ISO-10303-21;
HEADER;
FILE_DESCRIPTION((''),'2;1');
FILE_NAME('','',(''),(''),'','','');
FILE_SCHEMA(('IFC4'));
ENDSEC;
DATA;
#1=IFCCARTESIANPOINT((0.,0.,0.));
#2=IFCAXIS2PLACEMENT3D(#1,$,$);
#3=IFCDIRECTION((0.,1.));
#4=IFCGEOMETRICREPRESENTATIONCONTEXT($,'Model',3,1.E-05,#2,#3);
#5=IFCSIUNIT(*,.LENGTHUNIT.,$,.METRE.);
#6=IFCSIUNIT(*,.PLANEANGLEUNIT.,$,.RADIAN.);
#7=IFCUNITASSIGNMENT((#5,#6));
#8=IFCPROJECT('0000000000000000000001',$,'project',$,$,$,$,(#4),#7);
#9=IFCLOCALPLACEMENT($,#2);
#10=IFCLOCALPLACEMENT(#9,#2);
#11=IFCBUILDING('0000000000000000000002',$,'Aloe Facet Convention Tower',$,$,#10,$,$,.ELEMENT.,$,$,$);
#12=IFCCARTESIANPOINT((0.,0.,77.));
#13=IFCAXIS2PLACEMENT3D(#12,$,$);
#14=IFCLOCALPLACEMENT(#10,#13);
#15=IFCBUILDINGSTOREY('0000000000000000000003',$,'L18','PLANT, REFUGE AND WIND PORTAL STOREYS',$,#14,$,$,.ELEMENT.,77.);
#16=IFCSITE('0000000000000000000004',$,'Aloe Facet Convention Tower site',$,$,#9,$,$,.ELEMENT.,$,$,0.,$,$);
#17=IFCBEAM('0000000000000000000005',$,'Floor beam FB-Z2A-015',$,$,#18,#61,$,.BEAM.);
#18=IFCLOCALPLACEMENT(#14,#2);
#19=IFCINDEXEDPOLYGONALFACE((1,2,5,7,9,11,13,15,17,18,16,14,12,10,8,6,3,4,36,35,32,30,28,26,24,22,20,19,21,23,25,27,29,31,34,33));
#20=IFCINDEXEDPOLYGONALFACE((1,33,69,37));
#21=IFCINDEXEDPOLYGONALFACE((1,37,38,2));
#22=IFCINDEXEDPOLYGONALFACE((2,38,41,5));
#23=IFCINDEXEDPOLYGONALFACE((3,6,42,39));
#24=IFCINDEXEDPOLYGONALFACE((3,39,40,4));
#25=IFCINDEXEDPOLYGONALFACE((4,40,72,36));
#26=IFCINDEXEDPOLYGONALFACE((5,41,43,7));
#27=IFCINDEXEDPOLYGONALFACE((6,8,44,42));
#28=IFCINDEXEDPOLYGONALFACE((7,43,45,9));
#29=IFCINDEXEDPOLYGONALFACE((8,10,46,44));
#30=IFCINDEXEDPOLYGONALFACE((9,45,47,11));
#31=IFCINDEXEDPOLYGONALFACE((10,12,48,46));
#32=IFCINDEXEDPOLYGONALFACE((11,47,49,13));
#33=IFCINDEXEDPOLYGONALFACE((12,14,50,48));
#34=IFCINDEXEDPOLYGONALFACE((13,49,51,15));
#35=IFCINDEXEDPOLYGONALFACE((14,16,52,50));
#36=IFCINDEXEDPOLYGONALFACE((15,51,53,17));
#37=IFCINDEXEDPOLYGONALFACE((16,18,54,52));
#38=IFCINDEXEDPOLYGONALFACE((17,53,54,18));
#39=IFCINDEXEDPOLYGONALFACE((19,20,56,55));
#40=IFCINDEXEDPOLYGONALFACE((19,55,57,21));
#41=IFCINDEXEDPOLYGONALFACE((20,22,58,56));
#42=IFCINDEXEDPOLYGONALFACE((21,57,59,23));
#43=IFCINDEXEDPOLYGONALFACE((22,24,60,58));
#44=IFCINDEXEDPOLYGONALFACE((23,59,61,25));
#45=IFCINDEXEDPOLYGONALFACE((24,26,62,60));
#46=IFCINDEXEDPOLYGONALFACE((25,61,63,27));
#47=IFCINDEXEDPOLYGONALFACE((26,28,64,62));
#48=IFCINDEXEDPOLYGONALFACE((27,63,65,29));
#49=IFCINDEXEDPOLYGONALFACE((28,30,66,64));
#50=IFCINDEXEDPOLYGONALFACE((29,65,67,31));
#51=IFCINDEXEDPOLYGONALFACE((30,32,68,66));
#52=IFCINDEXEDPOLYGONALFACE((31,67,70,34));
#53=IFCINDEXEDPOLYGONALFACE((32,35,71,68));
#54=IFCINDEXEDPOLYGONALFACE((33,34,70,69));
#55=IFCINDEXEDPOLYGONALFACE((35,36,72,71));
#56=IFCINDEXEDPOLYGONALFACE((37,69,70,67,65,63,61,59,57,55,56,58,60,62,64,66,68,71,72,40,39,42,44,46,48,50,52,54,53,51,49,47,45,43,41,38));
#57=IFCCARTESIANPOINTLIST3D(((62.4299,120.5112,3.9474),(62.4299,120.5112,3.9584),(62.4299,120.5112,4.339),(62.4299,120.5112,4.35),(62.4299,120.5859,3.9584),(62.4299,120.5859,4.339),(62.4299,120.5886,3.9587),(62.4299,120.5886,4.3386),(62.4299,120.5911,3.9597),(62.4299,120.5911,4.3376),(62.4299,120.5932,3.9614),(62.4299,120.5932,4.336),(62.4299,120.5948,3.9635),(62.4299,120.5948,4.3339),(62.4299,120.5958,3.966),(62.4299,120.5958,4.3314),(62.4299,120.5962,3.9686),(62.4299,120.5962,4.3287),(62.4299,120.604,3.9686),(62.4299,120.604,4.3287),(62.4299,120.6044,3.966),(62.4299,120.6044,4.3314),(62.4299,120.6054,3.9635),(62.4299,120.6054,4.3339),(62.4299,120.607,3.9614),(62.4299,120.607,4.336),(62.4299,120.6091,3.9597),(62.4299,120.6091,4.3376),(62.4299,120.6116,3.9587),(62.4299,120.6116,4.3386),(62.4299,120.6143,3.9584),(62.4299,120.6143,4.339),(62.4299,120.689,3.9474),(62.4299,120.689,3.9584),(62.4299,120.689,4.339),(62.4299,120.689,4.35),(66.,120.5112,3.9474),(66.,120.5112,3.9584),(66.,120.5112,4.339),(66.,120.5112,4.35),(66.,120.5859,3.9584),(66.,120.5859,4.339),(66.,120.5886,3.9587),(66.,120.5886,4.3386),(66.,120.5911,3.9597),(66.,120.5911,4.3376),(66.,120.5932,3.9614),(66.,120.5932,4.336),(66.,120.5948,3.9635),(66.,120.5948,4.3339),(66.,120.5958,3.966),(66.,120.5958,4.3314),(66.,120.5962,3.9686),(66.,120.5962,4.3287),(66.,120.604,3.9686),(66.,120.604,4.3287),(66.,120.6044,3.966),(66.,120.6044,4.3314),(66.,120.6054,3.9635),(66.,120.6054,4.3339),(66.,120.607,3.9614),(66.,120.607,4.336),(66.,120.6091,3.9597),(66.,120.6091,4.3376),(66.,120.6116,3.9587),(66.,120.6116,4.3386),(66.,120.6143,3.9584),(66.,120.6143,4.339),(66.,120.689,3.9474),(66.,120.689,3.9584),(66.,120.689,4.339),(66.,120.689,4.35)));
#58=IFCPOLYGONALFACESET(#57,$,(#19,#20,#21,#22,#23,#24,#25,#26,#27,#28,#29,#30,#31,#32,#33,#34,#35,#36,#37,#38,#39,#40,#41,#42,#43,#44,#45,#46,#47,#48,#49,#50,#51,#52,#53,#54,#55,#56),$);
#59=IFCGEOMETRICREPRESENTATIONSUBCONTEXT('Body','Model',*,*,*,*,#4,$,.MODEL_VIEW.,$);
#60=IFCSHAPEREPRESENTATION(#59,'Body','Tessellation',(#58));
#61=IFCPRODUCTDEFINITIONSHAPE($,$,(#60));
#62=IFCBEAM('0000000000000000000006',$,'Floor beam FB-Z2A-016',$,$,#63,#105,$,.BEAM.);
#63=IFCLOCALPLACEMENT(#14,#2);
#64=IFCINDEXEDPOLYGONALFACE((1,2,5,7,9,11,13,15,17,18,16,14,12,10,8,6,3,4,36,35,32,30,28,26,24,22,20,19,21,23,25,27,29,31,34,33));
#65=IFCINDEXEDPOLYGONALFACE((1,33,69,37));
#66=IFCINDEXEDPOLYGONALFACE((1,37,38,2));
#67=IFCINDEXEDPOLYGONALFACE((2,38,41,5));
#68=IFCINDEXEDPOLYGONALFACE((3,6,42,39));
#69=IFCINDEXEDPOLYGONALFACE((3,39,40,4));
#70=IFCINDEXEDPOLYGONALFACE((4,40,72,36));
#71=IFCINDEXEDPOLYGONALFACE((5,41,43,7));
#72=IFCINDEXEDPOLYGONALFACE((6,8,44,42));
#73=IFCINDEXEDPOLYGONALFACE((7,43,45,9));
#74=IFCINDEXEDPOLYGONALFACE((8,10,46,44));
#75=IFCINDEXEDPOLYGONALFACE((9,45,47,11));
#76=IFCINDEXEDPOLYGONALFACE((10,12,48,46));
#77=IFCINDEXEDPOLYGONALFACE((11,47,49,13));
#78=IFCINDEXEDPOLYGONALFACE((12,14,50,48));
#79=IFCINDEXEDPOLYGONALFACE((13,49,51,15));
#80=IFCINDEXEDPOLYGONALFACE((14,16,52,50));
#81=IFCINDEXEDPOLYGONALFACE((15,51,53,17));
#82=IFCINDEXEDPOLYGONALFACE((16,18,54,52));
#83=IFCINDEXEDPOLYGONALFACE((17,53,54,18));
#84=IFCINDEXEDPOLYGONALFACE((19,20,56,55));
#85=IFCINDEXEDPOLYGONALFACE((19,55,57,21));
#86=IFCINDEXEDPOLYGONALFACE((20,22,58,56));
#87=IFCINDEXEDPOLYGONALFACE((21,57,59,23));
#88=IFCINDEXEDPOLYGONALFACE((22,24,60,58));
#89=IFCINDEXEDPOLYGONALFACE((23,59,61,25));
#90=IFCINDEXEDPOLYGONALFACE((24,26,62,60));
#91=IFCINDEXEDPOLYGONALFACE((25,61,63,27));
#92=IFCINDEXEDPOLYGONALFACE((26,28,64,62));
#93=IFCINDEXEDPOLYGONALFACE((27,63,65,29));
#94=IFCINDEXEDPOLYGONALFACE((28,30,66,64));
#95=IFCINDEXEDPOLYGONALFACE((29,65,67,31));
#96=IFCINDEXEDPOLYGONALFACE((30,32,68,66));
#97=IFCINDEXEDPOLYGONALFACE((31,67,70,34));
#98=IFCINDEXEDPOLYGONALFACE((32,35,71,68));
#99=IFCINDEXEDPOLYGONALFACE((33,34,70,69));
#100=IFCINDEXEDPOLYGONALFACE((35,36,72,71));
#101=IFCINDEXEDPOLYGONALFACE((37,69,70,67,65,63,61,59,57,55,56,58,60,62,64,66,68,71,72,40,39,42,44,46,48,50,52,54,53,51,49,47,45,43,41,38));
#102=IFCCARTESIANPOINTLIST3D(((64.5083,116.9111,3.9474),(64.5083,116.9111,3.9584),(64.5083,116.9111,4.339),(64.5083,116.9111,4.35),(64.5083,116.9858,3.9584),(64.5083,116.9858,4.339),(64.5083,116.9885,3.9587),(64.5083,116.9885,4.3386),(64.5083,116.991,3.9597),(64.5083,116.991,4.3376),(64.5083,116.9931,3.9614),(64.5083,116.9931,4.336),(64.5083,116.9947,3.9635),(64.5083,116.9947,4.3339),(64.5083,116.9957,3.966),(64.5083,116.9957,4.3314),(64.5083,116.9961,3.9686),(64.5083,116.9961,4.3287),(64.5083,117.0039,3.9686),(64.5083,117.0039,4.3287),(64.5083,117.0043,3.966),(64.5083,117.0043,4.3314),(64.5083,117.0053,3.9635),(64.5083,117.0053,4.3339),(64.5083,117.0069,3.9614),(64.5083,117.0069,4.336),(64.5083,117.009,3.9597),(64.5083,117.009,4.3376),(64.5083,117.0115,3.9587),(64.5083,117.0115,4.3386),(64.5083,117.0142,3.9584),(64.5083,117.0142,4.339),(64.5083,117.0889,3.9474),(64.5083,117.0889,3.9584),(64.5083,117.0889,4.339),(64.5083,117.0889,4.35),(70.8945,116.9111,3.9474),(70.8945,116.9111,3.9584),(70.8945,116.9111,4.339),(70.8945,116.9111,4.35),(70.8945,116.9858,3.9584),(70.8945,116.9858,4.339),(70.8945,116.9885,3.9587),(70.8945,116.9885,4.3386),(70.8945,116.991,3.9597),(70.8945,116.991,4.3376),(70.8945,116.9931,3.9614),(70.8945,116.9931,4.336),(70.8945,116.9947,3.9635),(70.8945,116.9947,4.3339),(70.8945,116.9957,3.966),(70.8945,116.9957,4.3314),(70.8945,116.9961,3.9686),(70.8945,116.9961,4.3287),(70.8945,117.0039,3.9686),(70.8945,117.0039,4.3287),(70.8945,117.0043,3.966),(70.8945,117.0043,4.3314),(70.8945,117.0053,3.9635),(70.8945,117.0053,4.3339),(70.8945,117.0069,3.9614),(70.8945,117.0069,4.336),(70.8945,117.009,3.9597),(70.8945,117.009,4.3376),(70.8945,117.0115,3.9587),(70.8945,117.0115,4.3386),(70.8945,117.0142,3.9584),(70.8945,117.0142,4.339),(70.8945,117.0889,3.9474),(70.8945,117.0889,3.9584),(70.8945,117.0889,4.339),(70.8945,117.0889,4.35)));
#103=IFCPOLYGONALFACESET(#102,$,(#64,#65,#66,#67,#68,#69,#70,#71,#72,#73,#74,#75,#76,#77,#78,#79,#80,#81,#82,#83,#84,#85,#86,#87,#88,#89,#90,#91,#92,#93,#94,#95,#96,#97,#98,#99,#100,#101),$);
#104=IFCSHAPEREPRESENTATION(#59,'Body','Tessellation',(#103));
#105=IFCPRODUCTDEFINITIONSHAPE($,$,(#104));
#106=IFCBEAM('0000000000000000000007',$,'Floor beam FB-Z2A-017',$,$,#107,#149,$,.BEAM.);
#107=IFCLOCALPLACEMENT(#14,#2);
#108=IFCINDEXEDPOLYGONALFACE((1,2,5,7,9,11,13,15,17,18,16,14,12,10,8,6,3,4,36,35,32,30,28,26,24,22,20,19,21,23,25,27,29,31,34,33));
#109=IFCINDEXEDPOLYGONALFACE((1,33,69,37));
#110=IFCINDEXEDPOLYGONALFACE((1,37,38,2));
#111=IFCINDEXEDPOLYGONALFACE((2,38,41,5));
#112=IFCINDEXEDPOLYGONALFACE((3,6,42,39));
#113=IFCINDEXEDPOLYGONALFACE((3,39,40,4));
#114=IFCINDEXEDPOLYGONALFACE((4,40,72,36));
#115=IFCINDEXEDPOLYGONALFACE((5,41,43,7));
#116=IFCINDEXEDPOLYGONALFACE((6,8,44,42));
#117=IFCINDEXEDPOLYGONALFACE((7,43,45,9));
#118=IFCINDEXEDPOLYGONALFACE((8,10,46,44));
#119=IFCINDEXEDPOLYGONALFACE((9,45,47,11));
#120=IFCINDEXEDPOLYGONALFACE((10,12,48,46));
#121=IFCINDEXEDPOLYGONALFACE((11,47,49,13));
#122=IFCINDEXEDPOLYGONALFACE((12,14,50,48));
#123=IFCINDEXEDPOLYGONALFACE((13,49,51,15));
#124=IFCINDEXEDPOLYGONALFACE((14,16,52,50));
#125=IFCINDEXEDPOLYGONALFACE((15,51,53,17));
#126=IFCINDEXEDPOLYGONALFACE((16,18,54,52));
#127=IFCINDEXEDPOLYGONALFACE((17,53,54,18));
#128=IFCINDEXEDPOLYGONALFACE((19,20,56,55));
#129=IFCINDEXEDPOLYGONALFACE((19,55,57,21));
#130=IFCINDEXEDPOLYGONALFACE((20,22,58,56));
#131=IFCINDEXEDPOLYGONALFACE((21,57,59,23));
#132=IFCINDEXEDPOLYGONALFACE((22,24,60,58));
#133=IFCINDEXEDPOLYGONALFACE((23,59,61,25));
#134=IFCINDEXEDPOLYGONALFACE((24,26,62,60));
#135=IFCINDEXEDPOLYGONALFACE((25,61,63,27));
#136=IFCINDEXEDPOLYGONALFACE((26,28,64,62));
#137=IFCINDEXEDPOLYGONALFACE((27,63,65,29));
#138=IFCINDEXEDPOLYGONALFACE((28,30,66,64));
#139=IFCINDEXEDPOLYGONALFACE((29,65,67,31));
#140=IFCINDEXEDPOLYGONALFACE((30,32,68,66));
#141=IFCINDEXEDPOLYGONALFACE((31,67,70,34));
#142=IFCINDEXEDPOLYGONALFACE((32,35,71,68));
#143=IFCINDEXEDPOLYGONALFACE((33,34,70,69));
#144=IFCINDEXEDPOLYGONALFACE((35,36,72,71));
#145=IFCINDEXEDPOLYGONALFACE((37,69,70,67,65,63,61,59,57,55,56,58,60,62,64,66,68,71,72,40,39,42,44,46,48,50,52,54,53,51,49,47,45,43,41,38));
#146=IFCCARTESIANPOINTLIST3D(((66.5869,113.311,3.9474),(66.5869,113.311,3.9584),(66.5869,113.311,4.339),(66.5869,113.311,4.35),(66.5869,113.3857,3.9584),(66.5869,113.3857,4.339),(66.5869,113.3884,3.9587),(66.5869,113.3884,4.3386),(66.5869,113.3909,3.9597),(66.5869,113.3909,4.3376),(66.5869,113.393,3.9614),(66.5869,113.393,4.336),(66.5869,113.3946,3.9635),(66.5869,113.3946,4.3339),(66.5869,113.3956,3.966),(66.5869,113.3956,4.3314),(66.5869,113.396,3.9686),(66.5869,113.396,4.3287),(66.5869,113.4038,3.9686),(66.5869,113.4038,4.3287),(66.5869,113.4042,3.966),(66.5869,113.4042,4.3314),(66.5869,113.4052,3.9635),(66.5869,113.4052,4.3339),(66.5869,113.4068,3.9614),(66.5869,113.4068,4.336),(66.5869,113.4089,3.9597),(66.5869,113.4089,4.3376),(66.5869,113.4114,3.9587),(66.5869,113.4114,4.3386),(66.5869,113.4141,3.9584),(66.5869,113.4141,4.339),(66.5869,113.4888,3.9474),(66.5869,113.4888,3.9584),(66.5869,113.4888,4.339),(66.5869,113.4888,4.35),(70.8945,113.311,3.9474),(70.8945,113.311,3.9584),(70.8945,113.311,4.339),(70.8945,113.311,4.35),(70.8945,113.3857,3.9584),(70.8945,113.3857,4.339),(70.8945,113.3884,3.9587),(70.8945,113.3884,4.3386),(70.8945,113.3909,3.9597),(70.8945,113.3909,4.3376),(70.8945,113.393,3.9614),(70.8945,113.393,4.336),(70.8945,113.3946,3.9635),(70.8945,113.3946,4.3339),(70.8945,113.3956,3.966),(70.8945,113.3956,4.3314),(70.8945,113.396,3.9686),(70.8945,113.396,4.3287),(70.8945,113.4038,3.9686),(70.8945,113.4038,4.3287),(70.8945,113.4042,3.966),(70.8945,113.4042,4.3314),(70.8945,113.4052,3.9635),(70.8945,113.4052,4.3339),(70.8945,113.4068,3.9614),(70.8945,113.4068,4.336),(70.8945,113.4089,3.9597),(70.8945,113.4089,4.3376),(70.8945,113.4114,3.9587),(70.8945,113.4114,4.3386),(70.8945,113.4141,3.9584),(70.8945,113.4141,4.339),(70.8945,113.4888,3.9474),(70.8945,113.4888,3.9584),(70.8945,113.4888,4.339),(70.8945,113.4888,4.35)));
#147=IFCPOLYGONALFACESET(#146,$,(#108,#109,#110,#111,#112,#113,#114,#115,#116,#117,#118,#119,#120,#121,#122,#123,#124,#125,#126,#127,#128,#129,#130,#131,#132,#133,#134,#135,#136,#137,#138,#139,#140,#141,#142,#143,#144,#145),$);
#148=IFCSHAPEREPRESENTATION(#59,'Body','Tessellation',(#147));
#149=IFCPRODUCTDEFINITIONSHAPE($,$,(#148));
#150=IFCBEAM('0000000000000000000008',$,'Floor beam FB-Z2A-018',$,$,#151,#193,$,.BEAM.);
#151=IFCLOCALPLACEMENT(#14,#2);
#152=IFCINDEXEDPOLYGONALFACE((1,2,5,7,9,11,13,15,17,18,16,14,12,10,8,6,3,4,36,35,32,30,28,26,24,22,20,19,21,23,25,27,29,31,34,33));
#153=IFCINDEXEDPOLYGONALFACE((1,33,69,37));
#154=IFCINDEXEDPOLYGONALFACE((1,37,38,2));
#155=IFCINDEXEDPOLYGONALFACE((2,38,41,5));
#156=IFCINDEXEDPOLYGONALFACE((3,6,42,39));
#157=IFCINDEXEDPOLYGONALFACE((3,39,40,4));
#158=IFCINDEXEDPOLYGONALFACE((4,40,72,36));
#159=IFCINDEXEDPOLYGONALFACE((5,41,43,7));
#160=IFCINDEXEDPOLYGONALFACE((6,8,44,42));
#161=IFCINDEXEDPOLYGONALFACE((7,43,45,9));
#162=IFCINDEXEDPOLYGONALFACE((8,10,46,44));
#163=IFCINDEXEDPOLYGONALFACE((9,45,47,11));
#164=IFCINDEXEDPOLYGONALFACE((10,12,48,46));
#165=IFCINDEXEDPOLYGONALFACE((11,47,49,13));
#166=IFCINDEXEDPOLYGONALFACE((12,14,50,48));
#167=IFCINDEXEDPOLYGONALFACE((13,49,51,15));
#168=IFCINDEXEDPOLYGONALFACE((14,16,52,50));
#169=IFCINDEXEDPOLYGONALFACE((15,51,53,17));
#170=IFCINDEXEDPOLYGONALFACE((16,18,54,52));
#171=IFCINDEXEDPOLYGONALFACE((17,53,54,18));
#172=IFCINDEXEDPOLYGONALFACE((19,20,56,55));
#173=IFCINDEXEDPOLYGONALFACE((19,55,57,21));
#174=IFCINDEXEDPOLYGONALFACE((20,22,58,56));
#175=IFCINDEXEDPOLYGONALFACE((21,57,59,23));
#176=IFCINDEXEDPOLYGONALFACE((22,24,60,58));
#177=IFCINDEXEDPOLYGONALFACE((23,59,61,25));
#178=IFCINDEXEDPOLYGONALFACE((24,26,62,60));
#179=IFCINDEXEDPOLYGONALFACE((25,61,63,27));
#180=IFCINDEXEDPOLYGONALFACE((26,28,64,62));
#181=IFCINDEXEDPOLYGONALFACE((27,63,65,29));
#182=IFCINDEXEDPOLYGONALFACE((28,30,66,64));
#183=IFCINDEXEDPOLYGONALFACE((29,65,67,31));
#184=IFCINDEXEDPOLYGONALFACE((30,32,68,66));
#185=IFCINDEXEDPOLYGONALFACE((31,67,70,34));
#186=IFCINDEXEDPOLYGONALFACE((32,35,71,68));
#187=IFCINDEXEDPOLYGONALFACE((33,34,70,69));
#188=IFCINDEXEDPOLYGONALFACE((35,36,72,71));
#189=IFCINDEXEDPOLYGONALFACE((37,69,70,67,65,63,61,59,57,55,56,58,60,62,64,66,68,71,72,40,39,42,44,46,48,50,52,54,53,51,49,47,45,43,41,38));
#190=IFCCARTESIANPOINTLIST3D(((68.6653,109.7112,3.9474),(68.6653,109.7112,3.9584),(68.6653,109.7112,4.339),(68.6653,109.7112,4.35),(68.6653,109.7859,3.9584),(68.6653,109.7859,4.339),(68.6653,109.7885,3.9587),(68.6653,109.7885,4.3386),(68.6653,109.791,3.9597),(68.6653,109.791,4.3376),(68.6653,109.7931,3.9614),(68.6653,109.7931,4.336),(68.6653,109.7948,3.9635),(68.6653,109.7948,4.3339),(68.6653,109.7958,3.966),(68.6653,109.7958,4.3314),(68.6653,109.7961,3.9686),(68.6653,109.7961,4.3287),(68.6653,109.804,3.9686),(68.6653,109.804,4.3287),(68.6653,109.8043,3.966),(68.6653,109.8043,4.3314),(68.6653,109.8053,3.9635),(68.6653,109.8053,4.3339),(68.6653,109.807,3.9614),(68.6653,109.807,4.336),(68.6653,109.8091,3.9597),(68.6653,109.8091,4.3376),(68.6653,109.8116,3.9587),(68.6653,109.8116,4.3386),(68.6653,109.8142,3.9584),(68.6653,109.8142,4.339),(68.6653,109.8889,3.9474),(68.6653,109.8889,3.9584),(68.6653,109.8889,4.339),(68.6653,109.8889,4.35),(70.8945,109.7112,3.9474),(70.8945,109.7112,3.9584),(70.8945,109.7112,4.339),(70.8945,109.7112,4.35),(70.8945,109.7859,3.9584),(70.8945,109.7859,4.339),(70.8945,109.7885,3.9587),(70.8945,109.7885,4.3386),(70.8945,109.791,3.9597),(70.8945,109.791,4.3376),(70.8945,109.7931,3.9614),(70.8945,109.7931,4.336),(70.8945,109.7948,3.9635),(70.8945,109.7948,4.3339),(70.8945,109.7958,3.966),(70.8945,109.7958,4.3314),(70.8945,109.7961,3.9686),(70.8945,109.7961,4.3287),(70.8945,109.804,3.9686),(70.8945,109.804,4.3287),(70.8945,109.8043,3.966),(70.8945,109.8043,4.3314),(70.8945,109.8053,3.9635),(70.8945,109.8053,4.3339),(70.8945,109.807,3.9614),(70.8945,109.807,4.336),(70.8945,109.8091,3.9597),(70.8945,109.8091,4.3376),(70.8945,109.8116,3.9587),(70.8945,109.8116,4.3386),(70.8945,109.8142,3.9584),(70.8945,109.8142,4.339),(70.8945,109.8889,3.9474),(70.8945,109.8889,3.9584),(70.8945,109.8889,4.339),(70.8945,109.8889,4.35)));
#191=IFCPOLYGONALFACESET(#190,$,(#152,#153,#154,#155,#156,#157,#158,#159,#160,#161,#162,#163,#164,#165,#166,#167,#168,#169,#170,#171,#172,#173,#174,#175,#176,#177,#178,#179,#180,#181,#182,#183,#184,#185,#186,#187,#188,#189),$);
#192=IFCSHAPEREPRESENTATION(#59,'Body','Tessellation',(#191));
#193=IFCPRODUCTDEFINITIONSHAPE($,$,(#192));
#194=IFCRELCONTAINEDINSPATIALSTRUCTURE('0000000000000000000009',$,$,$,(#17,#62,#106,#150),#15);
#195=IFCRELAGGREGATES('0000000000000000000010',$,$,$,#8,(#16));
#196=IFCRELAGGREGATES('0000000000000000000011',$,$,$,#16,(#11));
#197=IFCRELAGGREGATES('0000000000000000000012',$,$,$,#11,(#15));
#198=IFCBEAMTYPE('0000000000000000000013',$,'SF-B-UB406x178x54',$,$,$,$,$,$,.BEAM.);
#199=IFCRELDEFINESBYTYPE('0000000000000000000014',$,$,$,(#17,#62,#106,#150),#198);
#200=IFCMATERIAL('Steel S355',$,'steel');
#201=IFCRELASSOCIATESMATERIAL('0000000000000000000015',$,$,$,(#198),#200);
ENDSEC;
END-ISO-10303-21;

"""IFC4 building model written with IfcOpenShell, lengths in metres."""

from ifc_helpers import new_model, si_unit, direction, frame, origin, origin_2d, place, context, subcontext, project, spatial, i_section, extrude, material, material_profile, profile_set, type_object, element, save


model = new_model("IFC4")

# Units and contexts
model_context = context("Model", 3, precision=1e-05, world=origin(), true_north=direction((0.0, 1.0)))
body_context = subcontext(model_context, "Body", "Model", "MODEL_VIEW")
ifc_project = project(units=[si_unit("LENGTHUNIT", "METRE"), si_unit("PLANEANGLEUNIT", "RADIAN")], contexts=[model_context])

# Site, building, storey
site_placement = place(None, origin())
site = spatial("IfcSite", under=ifc_project, at=site_placement, Name="Aloe Facet Convention Tower site", CompositionType="ELEMENT", RefElevation=0.0)
building_placement = place(site_placement, origin())
building = spatial("IfcBuilding", under=site, at=building_placement, Name="Aloe Facet Convention Tower", CompositionType="ELEMENT")
storey_placement = place(building_placement, frame((0.0, 0.0, 77.0)))
storey = spatial("IfcBuildingStorey", under=building, at=storey_placement, Name="L18", Description="PLANT, REFUGE AND WIND PORTAL STOREYS", CompositionType="ELEMENT", Elevation=77.0)

# Beams
ifc_material_1 = material(Name="Steel S355", Category="steel")
ifc_material_profile_1 = material_profile(ifc_material_1, i_section(OverallWidth=0.1777, OverallDepth=0.4026, WebThickness=0.0078, FlangeThickness=0.011, FilletRadius=0.0103, at=origin_2d()), Name="UB 406x178x54")
ifc_profile_set_1 = profile_set([ifc_material_profile_1], Name="Steel S355")
beam_type = type_object("IfcBeamType", Name="SF-B-UB406x178x54", PredefinedType="BEAM", material=ifc_profile_set_1)
beam_1_placement = place(storey_placement, frame((62.4299, 120.6001, 4.1487), z_axis=(1.0, 0.0, 0.0), x_axis=(0.0, 1.0, 0.0)))
element("IfcBeam", 1, at=beam_1_placement, inside=storey, type_object=beam_type, Name="Floor beam FB-Z2A-015", PredefinedType="BEAM", context=body_context, shape_type="SweptSolid", body=[
    extrude(i_section(OverallWidth=0.1777, OverallDepth=0.4026, WebThickness=0.0078, FlangeThickness=0.011, FilletRadius=0.0103, at=origin_2d()), origin(), (0.0, 0.0, 1.0), 3.5701),
])
beam_2_placement = place(storey_placement, frame((64.5083, 117.0, 4.1487), z_axis=(1.0, 0.0, 0.0), x_axis=(0.0, 1.0, 0.0)))
element("IfcBeam", 2, at=beam_2_placement, inside=storey, type_object=beam_type, Name="Floor beam FB-Z2A-016", PredefinedType="BEAM", context=body_context, shape_type="SweptSolid", body=[
    extrude(i_section(OverallWidth=0.1777, OverallDepth=0.4026, WebThickness=0.0078, FlangeThickness=0.011, FilletRadius=0.0103, at=origin_2d()), origin(), (0.0, 0.0, 1.0), 6.3862),
])
beam_3_placement = place(storey_placement, frame((66.5869, 113.3999, 4.1487), z_axis=(1.0, 0.0, 0.0), x_axis=(0.0, 1.0, 0.0)))
element("IfcBeam", 3, at=beam_3_placement, inside=storey, type_object=beam_type, Name="Floor beam FB-Z2A-017", PredefinedType="BEAM", context=body_context, shape_type="SweptSolid", body=[
    extrude(i_section(OverallWidth=0.1777, OverallDepth=0.4026, WebThickness=0.0078, FlangeThickness=0.011, FilletRadius=0.0103, at=origin_2d()), origin(), (0.0, 0.0, 1.0), 4.3076),
])
beam_4_placement = place(storey_placement, frame((68.6653, 109.8, 4.1487), z_axis=(1.0, 0.0, 0.0), x_axis=(0.0, 1.0, 0.0)))
element("IfcBeam", 4, at=beam_4_placement, inside=storey, type_object=beam_type, Name="Floor beam FB-Z2A-018", PredefinedType="BEAM", context=body_context, shape_type="SweptSolid", body=[
    extrude(i_section(OverallWidth=0.1777, OverallDepth=0.4026, WebThickness=0.0078, FlangeThickness=0.011, FilletRadius=0.0103, at=origin_2d()), origin(), (0.0, 0.0, 1.0), 2.2292),
])

save(model, "model.ifc")
